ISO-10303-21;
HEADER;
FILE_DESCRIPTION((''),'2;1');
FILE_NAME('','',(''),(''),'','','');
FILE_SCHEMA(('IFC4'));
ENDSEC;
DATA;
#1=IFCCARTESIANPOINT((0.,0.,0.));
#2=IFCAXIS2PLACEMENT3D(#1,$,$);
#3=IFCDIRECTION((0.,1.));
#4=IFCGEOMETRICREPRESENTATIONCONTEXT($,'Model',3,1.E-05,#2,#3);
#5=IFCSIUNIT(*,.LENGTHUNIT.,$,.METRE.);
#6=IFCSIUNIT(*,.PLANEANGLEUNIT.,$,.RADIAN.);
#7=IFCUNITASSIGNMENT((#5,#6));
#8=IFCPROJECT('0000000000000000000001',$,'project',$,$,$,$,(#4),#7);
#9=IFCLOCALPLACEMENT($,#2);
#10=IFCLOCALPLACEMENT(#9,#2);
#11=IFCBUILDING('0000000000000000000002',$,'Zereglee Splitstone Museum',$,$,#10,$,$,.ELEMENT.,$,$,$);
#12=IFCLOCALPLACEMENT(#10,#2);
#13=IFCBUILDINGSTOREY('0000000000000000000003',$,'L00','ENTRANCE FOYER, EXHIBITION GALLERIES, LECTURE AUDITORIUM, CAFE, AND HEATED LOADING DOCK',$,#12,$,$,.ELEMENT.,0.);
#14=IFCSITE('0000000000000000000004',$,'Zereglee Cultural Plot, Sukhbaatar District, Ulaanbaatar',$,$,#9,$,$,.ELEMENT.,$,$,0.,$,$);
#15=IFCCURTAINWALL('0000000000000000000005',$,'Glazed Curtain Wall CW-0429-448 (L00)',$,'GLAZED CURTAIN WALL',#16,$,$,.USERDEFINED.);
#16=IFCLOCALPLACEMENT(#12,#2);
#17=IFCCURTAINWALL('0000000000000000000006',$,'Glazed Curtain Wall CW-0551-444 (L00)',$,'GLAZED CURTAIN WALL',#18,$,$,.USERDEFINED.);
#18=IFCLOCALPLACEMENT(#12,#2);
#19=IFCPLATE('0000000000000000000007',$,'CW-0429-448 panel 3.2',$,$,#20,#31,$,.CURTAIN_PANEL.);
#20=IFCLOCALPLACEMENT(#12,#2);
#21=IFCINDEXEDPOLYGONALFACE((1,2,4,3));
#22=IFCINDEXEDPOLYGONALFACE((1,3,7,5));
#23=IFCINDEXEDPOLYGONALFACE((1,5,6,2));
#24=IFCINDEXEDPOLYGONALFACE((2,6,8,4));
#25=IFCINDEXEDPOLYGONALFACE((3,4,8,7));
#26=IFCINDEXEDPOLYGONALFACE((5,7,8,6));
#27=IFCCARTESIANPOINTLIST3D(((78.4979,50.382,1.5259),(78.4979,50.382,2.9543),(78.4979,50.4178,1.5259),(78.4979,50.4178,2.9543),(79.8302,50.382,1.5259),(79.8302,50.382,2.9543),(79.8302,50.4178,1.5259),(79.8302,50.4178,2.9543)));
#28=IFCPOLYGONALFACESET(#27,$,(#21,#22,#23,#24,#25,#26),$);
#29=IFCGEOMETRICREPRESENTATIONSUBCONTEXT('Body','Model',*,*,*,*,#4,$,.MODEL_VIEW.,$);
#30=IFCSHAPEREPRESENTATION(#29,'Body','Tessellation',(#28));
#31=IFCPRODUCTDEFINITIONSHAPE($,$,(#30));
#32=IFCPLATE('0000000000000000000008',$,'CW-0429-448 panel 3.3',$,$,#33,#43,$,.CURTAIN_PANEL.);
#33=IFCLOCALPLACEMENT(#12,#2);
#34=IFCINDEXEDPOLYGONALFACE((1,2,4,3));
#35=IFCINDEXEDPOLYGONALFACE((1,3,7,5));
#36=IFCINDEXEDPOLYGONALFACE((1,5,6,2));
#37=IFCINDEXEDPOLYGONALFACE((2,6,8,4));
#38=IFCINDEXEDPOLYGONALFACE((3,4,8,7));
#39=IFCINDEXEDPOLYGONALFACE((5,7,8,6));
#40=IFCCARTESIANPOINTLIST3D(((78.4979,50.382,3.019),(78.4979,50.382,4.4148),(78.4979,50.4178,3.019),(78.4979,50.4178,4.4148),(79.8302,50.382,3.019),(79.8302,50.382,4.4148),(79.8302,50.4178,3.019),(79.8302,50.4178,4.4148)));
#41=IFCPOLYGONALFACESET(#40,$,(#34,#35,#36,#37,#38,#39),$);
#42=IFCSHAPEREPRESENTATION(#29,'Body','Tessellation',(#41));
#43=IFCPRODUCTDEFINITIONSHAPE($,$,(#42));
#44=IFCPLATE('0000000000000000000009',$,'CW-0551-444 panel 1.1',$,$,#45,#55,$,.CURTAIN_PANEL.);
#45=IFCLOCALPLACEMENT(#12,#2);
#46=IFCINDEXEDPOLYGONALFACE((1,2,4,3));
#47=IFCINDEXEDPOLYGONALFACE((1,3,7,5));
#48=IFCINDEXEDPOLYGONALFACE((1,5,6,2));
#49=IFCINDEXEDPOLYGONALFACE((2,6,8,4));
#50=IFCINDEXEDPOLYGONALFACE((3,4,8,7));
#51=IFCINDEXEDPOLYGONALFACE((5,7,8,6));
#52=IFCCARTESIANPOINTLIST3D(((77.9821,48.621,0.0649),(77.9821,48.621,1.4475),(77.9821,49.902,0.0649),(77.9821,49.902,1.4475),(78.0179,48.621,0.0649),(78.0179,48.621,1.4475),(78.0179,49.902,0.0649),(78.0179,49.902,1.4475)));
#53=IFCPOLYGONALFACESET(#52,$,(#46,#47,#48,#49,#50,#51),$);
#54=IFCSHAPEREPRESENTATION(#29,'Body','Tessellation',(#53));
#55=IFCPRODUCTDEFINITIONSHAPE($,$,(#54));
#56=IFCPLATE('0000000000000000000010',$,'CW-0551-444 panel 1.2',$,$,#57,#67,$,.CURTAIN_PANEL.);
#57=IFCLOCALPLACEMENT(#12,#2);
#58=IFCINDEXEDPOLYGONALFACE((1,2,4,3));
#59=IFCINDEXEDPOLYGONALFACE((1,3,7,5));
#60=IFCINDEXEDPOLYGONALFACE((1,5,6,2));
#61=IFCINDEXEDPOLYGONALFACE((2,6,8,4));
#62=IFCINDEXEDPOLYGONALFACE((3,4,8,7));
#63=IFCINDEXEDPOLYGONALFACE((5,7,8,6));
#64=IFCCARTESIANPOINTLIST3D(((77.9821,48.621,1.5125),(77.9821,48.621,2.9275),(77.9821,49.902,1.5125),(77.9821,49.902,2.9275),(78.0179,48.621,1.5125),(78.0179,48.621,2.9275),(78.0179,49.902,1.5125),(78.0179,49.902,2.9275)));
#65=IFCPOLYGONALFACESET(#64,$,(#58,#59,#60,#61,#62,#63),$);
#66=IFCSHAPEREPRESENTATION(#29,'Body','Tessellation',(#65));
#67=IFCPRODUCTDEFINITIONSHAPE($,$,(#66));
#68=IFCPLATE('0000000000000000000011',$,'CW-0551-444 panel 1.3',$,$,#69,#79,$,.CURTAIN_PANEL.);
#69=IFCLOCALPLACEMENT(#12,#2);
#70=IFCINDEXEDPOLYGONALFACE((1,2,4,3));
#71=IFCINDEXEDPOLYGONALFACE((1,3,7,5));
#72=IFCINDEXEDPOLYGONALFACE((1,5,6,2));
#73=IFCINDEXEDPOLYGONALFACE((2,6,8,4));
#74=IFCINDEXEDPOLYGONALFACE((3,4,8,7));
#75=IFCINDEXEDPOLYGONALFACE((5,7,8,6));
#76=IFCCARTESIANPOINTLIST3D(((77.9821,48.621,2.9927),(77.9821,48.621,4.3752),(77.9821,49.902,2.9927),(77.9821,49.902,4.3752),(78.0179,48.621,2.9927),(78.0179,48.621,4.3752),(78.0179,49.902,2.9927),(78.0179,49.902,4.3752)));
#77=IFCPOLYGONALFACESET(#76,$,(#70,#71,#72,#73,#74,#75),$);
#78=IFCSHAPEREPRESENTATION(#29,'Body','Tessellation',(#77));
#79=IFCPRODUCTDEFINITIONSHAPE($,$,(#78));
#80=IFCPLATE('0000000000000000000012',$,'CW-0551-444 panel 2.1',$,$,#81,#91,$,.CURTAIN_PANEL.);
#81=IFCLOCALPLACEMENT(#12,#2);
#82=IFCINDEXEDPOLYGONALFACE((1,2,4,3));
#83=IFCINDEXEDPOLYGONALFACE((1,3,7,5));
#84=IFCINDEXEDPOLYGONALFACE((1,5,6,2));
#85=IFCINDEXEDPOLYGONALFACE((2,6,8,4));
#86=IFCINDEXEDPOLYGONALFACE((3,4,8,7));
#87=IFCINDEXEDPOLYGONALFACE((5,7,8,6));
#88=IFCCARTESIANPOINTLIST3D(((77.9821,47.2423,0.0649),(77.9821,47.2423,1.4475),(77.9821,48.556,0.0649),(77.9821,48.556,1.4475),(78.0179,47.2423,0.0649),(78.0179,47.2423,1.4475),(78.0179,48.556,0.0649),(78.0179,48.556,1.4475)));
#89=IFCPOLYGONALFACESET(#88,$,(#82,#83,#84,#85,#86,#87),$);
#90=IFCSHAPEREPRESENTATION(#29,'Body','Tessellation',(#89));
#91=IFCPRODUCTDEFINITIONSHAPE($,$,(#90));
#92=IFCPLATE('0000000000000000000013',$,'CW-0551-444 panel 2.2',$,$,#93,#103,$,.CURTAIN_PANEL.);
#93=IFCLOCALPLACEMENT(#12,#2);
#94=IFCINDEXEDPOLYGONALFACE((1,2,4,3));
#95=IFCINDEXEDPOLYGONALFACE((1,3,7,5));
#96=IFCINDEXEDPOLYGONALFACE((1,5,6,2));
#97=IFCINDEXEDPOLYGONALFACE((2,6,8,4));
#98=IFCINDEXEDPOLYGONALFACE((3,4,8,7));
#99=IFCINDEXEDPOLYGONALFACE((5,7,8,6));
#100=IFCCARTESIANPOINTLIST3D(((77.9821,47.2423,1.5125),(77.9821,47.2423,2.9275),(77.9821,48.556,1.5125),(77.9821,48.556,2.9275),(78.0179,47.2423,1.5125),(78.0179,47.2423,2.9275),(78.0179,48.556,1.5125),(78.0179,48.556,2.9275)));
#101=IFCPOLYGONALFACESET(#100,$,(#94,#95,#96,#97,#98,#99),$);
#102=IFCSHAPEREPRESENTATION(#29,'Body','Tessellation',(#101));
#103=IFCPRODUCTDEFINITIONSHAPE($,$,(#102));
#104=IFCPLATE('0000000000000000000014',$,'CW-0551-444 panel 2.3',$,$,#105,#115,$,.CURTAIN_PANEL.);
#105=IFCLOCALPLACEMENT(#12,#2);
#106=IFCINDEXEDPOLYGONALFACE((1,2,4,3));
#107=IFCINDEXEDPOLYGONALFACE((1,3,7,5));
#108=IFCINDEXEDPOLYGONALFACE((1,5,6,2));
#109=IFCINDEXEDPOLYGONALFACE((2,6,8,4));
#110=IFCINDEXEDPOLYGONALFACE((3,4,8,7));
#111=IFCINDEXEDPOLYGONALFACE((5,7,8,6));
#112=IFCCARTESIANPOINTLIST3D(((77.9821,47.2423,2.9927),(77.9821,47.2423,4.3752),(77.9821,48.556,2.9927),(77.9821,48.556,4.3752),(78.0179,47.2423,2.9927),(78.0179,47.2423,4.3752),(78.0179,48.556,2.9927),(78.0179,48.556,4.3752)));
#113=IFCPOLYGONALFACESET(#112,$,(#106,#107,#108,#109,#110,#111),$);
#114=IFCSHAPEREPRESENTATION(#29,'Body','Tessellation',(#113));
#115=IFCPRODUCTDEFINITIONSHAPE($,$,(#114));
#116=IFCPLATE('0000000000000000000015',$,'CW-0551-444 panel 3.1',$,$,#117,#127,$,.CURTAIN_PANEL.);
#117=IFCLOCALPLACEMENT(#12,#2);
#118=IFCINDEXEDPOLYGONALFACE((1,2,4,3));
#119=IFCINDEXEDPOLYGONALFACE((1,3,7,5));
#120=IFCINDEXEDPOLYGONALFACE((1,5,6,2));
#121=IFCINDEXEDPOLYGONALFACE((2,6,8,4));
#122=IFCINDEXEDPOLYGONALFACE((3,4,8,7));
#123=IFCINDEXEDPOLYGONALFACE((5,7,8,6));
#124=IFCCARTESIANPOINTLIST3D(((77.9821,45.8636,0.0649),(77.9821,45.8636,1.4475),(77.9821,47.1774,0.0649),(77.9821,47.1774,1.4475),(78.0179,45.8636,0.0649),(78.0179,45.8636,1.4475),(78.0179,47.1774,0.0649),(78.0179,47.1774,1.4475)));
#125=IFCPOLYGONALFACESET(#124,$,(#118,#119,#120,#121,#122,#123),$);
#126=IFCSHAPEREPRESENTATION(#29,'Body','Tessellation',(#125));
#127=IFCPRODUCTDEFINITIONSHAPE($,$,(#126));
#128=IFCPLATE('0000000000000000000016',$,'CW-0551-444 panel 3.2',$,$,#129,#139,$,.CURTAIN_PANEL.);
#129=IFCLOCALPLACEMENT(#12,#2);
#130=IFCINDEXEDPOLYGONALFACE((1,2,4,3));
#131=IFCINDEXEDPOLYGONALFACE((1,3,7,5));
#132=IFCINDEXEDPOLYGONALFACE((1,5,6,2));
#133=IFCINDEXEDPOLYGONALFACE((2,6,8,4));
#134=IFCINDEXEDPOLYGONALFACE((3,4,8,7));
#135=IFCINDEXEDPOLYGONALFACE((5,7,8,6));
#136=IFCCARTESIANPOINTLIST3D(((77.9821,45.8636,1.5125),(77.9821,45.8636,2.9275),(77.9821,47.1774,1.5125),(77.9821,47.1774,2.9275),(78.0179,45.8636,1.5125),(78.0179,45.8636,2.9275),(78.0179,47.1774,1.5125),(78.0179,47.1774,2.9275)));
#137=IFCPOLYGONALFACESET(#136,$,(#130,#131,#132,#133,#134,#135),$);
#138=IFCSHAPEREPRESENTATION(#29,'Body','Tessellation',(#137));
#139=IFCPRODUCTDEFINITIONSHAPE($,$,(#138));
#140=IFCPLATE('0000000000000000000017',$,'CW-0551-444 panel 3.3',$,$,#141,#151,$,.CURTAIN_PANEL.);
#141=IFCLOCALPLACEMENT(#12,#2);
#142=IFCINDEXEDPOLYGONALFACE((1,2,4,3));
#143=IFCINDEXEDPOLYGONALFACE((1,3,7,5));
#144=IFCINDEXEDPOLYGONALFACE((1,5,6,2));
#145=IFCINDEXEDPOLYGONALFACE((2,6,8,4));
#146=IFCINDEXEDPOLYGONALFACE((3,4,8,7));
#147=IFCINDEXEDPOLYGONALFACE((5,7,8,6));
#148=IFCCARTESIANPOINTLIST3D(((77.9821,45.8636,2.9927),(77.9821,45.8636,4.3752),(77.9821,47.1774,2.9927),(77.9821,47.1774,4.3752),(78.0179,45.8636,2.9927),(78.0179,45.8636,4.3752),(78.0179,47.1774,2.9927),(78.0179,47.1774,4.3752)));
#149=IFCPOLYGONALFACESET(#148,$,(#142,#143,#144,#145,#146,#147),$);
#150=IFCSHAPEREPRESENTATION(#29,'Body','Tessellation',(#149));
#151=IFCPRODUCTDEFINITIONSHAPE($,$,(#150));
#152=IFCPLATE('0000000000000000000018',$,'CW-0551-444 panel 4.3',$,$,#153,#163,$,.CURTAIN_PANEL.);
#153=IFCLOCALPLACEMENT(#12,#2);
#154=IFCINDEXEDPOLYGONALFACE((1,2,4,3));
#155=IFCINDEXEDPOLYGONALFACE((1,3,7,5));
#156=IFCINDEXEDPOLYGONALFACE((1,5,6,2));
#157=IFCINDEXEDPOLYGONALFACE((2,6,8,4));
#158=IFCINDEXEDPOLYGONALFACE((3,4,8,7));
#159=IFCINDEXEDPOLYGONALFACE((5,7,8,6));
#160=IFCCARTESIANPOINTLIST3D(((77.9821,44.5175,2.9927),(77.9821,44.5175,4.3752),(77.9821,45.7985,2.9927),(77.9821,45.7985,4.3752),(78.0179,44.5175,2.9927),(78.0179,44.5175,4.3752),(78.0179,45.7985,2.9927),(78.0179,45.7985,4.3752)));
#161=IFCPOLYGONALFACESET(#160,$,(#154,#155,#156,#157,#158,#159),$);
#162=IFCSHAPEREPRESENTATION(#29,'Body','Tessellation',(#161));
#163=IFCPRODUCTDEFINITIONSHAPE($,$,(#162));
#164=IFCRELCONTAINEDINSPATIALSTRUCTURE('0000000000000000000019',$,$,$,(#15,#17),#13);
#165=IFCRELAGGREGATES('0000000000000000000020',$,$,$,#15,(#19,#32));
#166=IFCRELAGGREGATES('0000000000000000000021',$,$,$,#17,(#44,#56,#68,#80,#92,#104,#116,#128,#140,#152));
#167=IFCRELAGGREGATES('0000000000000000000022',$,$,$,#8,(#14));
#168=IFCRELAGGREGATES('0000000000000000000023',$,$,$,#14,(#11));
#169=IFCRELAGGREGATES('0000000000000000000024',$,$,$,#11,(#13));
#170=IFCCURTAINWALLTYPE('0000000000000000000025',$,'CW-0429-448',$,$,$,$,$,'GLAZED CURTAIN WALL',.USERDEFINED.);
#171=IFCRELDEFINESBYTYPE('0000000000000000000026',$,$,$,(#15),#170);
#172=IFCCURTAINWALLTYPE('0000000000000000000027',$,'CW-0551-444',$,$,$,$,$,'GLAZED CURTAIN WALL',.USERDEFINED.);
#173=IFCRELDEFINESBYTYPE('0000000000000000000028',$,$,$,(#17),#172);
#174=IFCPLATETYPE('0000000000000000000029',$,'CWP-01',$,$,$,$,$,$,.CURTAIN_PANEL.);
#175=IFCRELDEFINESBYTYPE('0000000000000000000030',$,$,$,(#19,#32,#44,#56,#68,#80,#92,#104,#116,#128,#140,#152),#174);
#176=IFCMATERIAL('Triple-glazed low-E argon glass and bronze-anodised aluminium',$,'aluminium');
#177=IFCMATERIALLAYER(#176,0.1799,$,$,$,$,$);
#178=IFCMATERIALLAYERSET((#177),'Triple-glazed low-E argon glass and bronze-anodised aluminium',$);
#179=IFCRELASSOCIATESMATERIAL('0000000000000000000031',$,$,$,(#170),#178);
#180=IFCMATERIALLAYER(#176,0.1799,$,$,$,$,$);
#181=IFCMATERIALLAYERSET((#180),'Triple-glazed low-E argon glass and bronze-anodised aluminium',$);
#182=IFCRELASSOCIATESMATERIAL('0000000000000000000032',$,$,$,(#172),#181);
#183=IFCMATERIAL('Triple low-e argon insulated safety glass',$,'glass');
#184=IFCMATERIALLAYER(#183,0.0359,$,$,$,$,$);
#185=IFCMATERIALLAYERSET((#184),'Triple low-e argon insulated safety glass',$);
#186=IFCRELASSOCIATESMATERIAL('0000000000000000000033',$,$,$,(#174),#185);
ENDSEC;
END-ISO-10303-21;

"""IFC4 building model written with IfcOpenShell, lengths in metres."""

from ifc_helpers import new_model, si_unit, direction, frame, origin, origin_2d, place, context, subcontext, project, spatial, rectangle, extrude, material, layer, layer_set, type_object, element, aggregate, save


model = new_model("IFC4")

# Units and contexts
model_context = context("Model", 3, precision=1e-05, world=origin(), true_north=direction((0.0, 1.0)))
body_context = subcontext(model_context, "Body", "Model", "MODEL_VIEW")
ifc_project = project(units=[si_unit("LENGTHUNIT", "METRE"), si_unit("PLANEANGLEUNIT", "RADIAN")], contexts=[model_context])

# Site, building, storey
site_placement = place(None, origin())
site = spatial("IfcSite", under=ifc_project, at=site_placement, Name="Zereglee Cultural Plot, Sukhbaatar District, Ulaanbaatar", CompositionType="ELEMENT", RefElevation=0.0)
building_placement = place(site_placement, origin())
building = spatial("IfcBuilding", under=site, at=building_placement, Name="Zereglee Splitstone Museum", CompositionType="ELEMENT")
storey_placement = place(building_placement, origin())
storey = spatial("IfcBuildingStorey", under=building, at=storey_placement, Name="L00", Description="ENTRANCE FOYER, EXHIBITION GALLERIES, LECTURE AUDITORIUM, CAFE, AND HEATED LOADING DOCK", CompositionType="ELEMENT", Elevation=0.0)

# Curtain wall
ifc_material_1 = material(Name="Triple-glazed low-E argon glass and bronze-anodised aluminium", Category="aluminium")
ifc_layer_1 = layer(ifc_material_1, 0.1799)
ifc_layer_set_1 = layer_set([ifc_layer_1], Name="Triple-glazed low-E argon glass and bronze-anodised aluminium")
curtain_wall_type_1 = type_object("IfcCurtainWallType", Name="CW-0429-448", ElementType="GLAZED CURTAIN WALL", PredefinedType="USERDEFINED", material=ifc_layer_set_1)
curtain_wall_1_placement = place(storey_placement, origin())
curtain_wall_1 = element("IfcCurtainWall", 1, at=curtain_wall_1_placement, inside=storey, type_object=curtain_wall_type_1, Name="Glazed Curtain Wall CW-0429-448 (L00)", ObjectType="GLAZED CURTAIN WALL", PredefinedType="USERDEFINED")

# Curtain wall
ifc_layer_2 = layer(ifc_material_1, 0.1799)
ifc_layer_set_2 = layer_set([ifc_layer_2], Name="Triple-glazed low-E argon glass and bronze-anodised aluminium")
curtain_wall_type_2 = type_object("IfcCurtainWallType", Name="CW-0551-444", ElementType="GLAZED CURTAIN WALL", PredefinedType="USERDEFINED", material=ifc_layer_set_2)
curtain_wall_2_placement = place(storey_placement, origin())
curtain_wall_2 = element("IfcCurtainWall", 2, at=curtain_wall_2_placement, inside=storey, type_object=curtain_wall_type_2, Name="Glazed Curtain Wall CW-0551-444 (L00)", ObjectType="GLAZED CURTAIN WALL", PredefinedType="USERDEFINED")

# Plates
ifc_material_2 = material(Name="Triple low-e argon insulated safety glass", Category="glass")
ifc_layer_3 = layer(ifc_material_2, 0.0359)
ifc_layer_set_3 = layer_set([ifc_layer_3], Name="Triple low-e argon insulated safety glass")
plate_type = type_object("IfcPlateType", Name="CWP-01", PredefinedType="CURTAIN_PANEL", material=ifc_layer_set_3)
plate_1_placement = place(storey_placement, frame((79.1641, 50.3999, 1.5259), z_axis=(0.0, 0.0, 1.0), x_axis=(-1.0, 0.0, 0.0)))
plate_1 = element("IfcPlate", 3, at=plate_1_placement, type_object=plate_type, Name="CW-0429-448 panel 3.2", PredefinedType="CURTAIN_PANEL", context=body_context, shape_type="SweptSolid", body=[
    extrude(rectangle(XDim=1.3323, YDim=0.0359, at=origin_2d()), origin(), (0.0, 0.0, 1.0), 1.4285),
])
plate_2_placement = place(storey_placement, frame((79.1641, 50.3999, 3.019), z_axis=(0.0, 0.0, 1.0), x_axis=(-1.0, 0.0, 0.0)))
plate_2 = element("IfcPlate", 4, at=plate_2_placement, type_object=plate_type, Name="CW-0429-448 panel 3.3", PredefinedType="CURTAIN_PANEL", context=body_context, shape_type="SweptSolid", body=[
    extrude(rectangle(XDim=1.3323, YDim=0.0359, at=origin_2d()), origin(), (0.0, 0.0, 1.0), 1.3958),
])
aggregate(curtain_wall_1, [plate_1, plate_2])
plate_3_placement = place(storey_placement, frame((78.0, 49.2615, 0.0649), z_axis=(0.0, 0.0, 1.0), x_axis=(0.0, -1.0, 0.0)))
plate_3 = element("IfcPlate", 5, at=plate_3_placement, type_object=plate_type, Name="CW-0551-444 panel 1.1", PredefinedType="CURTAIN_PANEL", context=body_context, shape_type="SweptSolid", body=[
    extrude(rectangle(XDim=1.281, YDim=0.0359, at=origin_2d()), origin(), (0.0, 0.0, 1.0), 1.3826),
])
plate_4_placement = place(storey_placement, frame((78.0, 49.2615, 1.5125), z_axis=(0.0, 0.0, 1.0), x_axis=(0.0, -1.0, 0.0)))
plate_4 = element("IfcPlate", 6, at=plate_4_placement, type_object=plate_type, Name="CW-0551-444 panel 1.2", PredefinedType="CURTAIN_PANEL", context=body_context, shape_type="SweptSolid", body=[
    extrude(rectangle(XDim=1.281, YDim=0.0359, at=origin_2d()), origin(), (0.0, 0.0, 1.0), 1.415),
])
plate_5_placement = place(storey_placement, frame((78.0, 49.2615, 2.9927), z_axis=(0.0, 0.0, 1.0), x_axis=(0.0, -1.0, 0.0)))
plate_5 = element("IfcPlate", 7, at=plate_5_placement, type_object=plate_type, Name="CW-0551-444 panel 1.3", PredefinedType="CURTAIN_PANEL", context=body_context, shape_type="SweptSolid", body=[
    extrude(rectangle(XDim=1.281, YDim=0.0359, at=origin_2d()), origin(), (0.0, 0.0, 1.0), 1.3826),
])
plate_6_placement = place(storey_placement, frame((78.0, 47.8992, 0.0649), z_axis=(0.0, 0.0, 1.0), x_axis=(0.0, -1.0, 0.0)))
plate_6 = element("IfcPlate", 8, at=plate_6_placement, type_object=plate_type, Name="CW-0551-444 panel 2.1", PredefinedType="CURTAIN_PANEL", context=body_context, shape_type="SweptSolid", body=[
    extrude(rectangle(XDim=1.3137, YDim=0.0359, at=origin_2d()), origin(), (0.0, 0.0, 1.0), 1.3826),
])
plate_7_placement = place(storey_placement, frame((78.0, 47.8992, 1.5125), z_axis=(0.0, 0.0, 1.0), x_axis=(0.0, -1.0, 0.0)))
plate_7 = element("IfcPlate", 9, at=plate_7_placement, type_object=plate_type, Name="CW-0551-444 panel 2.2", PredefinedType="CURTAIN_PANEL", context=body_context, shape_type="SweptSolid", body=[
    extrude(rectangle(XDim=1.3137, YDim=0.0359, at=origin_2d()), origin(), (0.0, 0.0, 1.0), 1.415),
])
plate_8_placement = place(storey_placement, frame((78.0, 47.8992, 2.9927), z_axis=(0.0, 0.0, 1.0), x_axis=(0.0, -1.0, 0.0)))
plate_8 = element("IfcPlate", 10, at=plate_8_placement, type_object=plate_type, Name="CW-0551-444 panel 2.3", PredefinedType="CURTAIN_PANEL", context=body_context, shape_type="SweptSolid", body=[
    extrude(rectangle(XDim=1.3137, YDim=0.0359, at=origin_2d()), origin(), (0.0, 0.0, 1.0), 1.3826),
])
plate_9_placement = place(storey_placement, frame((78.0, 46.5205, 0.0649), z_axis=(0.0, 0.0, 1.0), x_axis=(0.0, -1.0, 0.0)))
plate_9 = element("IfcPlate", 11, at=plate_9_placement, type_object=plate_type, Name="CW-0551-444 panel 3.1", PredefinedType="CURTAIN_PANEL", context=body_context, shape_type="SweptSolid", body=[
    extrude(rectangle(XDim=1.3137, YDim=0.0359, at=origin_2d()), origin(), (0.0, 0.0, 1.0), 1.3826),
])
plate_10_placement = place(storey_placement, frame((78.0, 46.5205, 1.5125), z_axis=(0.0, 0.0, 1.0), x_axis=(0.0, -1.0, 0.0)))
plate_10 = element("IfcPlate", 12, at=plate_10_placement, type_object=plate_type, Name="CW-0551-444 panel 3.2", PredefinedType="CURTAIN_PANEL", context=body_context, shape_type="SweptSolid", body=[
    extrude(rectangle(XDim=1.3137, YDim=0.0359, at=origin_2d()), origin(), (0.0, 0.0, 1.0), 1.415),
])
plate_11_placement = place(storey_placement, frame((78.0, 46.5205, 2.9927), z_axis=(0.0, 0.0, 1.0), x_axis=(0.0, -1.0, 0.0)))
plate_11 = element("IfcPlate", 13, at=plate_11_placement, type_object=plate_type, Name="CW-0551-444 panel 3.3", PredefinedType="CURTAIN_PANEL", context=body_context, shape_type="SweptSolid", body=[
    extrude(rectangle(XDim=1.3137, YDim=0.0359, at=origin_2d()), origin(), (0.0, 0.0, 1.0), 1.3826),
])
plate_12_placement = place(storey_placement, frame((78.0, 45.158, 2.9927), z_axis=(0.0, 0.0, 1.0), x_axis=(0.0, -1.0, 0.0)))
plate_12 = element("IfcPlate", 14, at=plate_12_placement, type_object=plate_type, Name="CW-0551-444 panel 4.3", PredefinedType="CURTAIN_PANEL", context=body_context, shape_type="SweptSolid", body=[
    extrude(rectangle(XDim=1.281, YDim=0.0359, at=origin_2d()), origin(), (0.0, 0.0, 1.0), 1.3826),
])
aggregate(curtain_wall_2, [plate_3, plate_4, plate_5, plate_6, plate_7, plate_8, plate_9, plate_10, plate_11, plate_12])

save(model, "model.ifc")
